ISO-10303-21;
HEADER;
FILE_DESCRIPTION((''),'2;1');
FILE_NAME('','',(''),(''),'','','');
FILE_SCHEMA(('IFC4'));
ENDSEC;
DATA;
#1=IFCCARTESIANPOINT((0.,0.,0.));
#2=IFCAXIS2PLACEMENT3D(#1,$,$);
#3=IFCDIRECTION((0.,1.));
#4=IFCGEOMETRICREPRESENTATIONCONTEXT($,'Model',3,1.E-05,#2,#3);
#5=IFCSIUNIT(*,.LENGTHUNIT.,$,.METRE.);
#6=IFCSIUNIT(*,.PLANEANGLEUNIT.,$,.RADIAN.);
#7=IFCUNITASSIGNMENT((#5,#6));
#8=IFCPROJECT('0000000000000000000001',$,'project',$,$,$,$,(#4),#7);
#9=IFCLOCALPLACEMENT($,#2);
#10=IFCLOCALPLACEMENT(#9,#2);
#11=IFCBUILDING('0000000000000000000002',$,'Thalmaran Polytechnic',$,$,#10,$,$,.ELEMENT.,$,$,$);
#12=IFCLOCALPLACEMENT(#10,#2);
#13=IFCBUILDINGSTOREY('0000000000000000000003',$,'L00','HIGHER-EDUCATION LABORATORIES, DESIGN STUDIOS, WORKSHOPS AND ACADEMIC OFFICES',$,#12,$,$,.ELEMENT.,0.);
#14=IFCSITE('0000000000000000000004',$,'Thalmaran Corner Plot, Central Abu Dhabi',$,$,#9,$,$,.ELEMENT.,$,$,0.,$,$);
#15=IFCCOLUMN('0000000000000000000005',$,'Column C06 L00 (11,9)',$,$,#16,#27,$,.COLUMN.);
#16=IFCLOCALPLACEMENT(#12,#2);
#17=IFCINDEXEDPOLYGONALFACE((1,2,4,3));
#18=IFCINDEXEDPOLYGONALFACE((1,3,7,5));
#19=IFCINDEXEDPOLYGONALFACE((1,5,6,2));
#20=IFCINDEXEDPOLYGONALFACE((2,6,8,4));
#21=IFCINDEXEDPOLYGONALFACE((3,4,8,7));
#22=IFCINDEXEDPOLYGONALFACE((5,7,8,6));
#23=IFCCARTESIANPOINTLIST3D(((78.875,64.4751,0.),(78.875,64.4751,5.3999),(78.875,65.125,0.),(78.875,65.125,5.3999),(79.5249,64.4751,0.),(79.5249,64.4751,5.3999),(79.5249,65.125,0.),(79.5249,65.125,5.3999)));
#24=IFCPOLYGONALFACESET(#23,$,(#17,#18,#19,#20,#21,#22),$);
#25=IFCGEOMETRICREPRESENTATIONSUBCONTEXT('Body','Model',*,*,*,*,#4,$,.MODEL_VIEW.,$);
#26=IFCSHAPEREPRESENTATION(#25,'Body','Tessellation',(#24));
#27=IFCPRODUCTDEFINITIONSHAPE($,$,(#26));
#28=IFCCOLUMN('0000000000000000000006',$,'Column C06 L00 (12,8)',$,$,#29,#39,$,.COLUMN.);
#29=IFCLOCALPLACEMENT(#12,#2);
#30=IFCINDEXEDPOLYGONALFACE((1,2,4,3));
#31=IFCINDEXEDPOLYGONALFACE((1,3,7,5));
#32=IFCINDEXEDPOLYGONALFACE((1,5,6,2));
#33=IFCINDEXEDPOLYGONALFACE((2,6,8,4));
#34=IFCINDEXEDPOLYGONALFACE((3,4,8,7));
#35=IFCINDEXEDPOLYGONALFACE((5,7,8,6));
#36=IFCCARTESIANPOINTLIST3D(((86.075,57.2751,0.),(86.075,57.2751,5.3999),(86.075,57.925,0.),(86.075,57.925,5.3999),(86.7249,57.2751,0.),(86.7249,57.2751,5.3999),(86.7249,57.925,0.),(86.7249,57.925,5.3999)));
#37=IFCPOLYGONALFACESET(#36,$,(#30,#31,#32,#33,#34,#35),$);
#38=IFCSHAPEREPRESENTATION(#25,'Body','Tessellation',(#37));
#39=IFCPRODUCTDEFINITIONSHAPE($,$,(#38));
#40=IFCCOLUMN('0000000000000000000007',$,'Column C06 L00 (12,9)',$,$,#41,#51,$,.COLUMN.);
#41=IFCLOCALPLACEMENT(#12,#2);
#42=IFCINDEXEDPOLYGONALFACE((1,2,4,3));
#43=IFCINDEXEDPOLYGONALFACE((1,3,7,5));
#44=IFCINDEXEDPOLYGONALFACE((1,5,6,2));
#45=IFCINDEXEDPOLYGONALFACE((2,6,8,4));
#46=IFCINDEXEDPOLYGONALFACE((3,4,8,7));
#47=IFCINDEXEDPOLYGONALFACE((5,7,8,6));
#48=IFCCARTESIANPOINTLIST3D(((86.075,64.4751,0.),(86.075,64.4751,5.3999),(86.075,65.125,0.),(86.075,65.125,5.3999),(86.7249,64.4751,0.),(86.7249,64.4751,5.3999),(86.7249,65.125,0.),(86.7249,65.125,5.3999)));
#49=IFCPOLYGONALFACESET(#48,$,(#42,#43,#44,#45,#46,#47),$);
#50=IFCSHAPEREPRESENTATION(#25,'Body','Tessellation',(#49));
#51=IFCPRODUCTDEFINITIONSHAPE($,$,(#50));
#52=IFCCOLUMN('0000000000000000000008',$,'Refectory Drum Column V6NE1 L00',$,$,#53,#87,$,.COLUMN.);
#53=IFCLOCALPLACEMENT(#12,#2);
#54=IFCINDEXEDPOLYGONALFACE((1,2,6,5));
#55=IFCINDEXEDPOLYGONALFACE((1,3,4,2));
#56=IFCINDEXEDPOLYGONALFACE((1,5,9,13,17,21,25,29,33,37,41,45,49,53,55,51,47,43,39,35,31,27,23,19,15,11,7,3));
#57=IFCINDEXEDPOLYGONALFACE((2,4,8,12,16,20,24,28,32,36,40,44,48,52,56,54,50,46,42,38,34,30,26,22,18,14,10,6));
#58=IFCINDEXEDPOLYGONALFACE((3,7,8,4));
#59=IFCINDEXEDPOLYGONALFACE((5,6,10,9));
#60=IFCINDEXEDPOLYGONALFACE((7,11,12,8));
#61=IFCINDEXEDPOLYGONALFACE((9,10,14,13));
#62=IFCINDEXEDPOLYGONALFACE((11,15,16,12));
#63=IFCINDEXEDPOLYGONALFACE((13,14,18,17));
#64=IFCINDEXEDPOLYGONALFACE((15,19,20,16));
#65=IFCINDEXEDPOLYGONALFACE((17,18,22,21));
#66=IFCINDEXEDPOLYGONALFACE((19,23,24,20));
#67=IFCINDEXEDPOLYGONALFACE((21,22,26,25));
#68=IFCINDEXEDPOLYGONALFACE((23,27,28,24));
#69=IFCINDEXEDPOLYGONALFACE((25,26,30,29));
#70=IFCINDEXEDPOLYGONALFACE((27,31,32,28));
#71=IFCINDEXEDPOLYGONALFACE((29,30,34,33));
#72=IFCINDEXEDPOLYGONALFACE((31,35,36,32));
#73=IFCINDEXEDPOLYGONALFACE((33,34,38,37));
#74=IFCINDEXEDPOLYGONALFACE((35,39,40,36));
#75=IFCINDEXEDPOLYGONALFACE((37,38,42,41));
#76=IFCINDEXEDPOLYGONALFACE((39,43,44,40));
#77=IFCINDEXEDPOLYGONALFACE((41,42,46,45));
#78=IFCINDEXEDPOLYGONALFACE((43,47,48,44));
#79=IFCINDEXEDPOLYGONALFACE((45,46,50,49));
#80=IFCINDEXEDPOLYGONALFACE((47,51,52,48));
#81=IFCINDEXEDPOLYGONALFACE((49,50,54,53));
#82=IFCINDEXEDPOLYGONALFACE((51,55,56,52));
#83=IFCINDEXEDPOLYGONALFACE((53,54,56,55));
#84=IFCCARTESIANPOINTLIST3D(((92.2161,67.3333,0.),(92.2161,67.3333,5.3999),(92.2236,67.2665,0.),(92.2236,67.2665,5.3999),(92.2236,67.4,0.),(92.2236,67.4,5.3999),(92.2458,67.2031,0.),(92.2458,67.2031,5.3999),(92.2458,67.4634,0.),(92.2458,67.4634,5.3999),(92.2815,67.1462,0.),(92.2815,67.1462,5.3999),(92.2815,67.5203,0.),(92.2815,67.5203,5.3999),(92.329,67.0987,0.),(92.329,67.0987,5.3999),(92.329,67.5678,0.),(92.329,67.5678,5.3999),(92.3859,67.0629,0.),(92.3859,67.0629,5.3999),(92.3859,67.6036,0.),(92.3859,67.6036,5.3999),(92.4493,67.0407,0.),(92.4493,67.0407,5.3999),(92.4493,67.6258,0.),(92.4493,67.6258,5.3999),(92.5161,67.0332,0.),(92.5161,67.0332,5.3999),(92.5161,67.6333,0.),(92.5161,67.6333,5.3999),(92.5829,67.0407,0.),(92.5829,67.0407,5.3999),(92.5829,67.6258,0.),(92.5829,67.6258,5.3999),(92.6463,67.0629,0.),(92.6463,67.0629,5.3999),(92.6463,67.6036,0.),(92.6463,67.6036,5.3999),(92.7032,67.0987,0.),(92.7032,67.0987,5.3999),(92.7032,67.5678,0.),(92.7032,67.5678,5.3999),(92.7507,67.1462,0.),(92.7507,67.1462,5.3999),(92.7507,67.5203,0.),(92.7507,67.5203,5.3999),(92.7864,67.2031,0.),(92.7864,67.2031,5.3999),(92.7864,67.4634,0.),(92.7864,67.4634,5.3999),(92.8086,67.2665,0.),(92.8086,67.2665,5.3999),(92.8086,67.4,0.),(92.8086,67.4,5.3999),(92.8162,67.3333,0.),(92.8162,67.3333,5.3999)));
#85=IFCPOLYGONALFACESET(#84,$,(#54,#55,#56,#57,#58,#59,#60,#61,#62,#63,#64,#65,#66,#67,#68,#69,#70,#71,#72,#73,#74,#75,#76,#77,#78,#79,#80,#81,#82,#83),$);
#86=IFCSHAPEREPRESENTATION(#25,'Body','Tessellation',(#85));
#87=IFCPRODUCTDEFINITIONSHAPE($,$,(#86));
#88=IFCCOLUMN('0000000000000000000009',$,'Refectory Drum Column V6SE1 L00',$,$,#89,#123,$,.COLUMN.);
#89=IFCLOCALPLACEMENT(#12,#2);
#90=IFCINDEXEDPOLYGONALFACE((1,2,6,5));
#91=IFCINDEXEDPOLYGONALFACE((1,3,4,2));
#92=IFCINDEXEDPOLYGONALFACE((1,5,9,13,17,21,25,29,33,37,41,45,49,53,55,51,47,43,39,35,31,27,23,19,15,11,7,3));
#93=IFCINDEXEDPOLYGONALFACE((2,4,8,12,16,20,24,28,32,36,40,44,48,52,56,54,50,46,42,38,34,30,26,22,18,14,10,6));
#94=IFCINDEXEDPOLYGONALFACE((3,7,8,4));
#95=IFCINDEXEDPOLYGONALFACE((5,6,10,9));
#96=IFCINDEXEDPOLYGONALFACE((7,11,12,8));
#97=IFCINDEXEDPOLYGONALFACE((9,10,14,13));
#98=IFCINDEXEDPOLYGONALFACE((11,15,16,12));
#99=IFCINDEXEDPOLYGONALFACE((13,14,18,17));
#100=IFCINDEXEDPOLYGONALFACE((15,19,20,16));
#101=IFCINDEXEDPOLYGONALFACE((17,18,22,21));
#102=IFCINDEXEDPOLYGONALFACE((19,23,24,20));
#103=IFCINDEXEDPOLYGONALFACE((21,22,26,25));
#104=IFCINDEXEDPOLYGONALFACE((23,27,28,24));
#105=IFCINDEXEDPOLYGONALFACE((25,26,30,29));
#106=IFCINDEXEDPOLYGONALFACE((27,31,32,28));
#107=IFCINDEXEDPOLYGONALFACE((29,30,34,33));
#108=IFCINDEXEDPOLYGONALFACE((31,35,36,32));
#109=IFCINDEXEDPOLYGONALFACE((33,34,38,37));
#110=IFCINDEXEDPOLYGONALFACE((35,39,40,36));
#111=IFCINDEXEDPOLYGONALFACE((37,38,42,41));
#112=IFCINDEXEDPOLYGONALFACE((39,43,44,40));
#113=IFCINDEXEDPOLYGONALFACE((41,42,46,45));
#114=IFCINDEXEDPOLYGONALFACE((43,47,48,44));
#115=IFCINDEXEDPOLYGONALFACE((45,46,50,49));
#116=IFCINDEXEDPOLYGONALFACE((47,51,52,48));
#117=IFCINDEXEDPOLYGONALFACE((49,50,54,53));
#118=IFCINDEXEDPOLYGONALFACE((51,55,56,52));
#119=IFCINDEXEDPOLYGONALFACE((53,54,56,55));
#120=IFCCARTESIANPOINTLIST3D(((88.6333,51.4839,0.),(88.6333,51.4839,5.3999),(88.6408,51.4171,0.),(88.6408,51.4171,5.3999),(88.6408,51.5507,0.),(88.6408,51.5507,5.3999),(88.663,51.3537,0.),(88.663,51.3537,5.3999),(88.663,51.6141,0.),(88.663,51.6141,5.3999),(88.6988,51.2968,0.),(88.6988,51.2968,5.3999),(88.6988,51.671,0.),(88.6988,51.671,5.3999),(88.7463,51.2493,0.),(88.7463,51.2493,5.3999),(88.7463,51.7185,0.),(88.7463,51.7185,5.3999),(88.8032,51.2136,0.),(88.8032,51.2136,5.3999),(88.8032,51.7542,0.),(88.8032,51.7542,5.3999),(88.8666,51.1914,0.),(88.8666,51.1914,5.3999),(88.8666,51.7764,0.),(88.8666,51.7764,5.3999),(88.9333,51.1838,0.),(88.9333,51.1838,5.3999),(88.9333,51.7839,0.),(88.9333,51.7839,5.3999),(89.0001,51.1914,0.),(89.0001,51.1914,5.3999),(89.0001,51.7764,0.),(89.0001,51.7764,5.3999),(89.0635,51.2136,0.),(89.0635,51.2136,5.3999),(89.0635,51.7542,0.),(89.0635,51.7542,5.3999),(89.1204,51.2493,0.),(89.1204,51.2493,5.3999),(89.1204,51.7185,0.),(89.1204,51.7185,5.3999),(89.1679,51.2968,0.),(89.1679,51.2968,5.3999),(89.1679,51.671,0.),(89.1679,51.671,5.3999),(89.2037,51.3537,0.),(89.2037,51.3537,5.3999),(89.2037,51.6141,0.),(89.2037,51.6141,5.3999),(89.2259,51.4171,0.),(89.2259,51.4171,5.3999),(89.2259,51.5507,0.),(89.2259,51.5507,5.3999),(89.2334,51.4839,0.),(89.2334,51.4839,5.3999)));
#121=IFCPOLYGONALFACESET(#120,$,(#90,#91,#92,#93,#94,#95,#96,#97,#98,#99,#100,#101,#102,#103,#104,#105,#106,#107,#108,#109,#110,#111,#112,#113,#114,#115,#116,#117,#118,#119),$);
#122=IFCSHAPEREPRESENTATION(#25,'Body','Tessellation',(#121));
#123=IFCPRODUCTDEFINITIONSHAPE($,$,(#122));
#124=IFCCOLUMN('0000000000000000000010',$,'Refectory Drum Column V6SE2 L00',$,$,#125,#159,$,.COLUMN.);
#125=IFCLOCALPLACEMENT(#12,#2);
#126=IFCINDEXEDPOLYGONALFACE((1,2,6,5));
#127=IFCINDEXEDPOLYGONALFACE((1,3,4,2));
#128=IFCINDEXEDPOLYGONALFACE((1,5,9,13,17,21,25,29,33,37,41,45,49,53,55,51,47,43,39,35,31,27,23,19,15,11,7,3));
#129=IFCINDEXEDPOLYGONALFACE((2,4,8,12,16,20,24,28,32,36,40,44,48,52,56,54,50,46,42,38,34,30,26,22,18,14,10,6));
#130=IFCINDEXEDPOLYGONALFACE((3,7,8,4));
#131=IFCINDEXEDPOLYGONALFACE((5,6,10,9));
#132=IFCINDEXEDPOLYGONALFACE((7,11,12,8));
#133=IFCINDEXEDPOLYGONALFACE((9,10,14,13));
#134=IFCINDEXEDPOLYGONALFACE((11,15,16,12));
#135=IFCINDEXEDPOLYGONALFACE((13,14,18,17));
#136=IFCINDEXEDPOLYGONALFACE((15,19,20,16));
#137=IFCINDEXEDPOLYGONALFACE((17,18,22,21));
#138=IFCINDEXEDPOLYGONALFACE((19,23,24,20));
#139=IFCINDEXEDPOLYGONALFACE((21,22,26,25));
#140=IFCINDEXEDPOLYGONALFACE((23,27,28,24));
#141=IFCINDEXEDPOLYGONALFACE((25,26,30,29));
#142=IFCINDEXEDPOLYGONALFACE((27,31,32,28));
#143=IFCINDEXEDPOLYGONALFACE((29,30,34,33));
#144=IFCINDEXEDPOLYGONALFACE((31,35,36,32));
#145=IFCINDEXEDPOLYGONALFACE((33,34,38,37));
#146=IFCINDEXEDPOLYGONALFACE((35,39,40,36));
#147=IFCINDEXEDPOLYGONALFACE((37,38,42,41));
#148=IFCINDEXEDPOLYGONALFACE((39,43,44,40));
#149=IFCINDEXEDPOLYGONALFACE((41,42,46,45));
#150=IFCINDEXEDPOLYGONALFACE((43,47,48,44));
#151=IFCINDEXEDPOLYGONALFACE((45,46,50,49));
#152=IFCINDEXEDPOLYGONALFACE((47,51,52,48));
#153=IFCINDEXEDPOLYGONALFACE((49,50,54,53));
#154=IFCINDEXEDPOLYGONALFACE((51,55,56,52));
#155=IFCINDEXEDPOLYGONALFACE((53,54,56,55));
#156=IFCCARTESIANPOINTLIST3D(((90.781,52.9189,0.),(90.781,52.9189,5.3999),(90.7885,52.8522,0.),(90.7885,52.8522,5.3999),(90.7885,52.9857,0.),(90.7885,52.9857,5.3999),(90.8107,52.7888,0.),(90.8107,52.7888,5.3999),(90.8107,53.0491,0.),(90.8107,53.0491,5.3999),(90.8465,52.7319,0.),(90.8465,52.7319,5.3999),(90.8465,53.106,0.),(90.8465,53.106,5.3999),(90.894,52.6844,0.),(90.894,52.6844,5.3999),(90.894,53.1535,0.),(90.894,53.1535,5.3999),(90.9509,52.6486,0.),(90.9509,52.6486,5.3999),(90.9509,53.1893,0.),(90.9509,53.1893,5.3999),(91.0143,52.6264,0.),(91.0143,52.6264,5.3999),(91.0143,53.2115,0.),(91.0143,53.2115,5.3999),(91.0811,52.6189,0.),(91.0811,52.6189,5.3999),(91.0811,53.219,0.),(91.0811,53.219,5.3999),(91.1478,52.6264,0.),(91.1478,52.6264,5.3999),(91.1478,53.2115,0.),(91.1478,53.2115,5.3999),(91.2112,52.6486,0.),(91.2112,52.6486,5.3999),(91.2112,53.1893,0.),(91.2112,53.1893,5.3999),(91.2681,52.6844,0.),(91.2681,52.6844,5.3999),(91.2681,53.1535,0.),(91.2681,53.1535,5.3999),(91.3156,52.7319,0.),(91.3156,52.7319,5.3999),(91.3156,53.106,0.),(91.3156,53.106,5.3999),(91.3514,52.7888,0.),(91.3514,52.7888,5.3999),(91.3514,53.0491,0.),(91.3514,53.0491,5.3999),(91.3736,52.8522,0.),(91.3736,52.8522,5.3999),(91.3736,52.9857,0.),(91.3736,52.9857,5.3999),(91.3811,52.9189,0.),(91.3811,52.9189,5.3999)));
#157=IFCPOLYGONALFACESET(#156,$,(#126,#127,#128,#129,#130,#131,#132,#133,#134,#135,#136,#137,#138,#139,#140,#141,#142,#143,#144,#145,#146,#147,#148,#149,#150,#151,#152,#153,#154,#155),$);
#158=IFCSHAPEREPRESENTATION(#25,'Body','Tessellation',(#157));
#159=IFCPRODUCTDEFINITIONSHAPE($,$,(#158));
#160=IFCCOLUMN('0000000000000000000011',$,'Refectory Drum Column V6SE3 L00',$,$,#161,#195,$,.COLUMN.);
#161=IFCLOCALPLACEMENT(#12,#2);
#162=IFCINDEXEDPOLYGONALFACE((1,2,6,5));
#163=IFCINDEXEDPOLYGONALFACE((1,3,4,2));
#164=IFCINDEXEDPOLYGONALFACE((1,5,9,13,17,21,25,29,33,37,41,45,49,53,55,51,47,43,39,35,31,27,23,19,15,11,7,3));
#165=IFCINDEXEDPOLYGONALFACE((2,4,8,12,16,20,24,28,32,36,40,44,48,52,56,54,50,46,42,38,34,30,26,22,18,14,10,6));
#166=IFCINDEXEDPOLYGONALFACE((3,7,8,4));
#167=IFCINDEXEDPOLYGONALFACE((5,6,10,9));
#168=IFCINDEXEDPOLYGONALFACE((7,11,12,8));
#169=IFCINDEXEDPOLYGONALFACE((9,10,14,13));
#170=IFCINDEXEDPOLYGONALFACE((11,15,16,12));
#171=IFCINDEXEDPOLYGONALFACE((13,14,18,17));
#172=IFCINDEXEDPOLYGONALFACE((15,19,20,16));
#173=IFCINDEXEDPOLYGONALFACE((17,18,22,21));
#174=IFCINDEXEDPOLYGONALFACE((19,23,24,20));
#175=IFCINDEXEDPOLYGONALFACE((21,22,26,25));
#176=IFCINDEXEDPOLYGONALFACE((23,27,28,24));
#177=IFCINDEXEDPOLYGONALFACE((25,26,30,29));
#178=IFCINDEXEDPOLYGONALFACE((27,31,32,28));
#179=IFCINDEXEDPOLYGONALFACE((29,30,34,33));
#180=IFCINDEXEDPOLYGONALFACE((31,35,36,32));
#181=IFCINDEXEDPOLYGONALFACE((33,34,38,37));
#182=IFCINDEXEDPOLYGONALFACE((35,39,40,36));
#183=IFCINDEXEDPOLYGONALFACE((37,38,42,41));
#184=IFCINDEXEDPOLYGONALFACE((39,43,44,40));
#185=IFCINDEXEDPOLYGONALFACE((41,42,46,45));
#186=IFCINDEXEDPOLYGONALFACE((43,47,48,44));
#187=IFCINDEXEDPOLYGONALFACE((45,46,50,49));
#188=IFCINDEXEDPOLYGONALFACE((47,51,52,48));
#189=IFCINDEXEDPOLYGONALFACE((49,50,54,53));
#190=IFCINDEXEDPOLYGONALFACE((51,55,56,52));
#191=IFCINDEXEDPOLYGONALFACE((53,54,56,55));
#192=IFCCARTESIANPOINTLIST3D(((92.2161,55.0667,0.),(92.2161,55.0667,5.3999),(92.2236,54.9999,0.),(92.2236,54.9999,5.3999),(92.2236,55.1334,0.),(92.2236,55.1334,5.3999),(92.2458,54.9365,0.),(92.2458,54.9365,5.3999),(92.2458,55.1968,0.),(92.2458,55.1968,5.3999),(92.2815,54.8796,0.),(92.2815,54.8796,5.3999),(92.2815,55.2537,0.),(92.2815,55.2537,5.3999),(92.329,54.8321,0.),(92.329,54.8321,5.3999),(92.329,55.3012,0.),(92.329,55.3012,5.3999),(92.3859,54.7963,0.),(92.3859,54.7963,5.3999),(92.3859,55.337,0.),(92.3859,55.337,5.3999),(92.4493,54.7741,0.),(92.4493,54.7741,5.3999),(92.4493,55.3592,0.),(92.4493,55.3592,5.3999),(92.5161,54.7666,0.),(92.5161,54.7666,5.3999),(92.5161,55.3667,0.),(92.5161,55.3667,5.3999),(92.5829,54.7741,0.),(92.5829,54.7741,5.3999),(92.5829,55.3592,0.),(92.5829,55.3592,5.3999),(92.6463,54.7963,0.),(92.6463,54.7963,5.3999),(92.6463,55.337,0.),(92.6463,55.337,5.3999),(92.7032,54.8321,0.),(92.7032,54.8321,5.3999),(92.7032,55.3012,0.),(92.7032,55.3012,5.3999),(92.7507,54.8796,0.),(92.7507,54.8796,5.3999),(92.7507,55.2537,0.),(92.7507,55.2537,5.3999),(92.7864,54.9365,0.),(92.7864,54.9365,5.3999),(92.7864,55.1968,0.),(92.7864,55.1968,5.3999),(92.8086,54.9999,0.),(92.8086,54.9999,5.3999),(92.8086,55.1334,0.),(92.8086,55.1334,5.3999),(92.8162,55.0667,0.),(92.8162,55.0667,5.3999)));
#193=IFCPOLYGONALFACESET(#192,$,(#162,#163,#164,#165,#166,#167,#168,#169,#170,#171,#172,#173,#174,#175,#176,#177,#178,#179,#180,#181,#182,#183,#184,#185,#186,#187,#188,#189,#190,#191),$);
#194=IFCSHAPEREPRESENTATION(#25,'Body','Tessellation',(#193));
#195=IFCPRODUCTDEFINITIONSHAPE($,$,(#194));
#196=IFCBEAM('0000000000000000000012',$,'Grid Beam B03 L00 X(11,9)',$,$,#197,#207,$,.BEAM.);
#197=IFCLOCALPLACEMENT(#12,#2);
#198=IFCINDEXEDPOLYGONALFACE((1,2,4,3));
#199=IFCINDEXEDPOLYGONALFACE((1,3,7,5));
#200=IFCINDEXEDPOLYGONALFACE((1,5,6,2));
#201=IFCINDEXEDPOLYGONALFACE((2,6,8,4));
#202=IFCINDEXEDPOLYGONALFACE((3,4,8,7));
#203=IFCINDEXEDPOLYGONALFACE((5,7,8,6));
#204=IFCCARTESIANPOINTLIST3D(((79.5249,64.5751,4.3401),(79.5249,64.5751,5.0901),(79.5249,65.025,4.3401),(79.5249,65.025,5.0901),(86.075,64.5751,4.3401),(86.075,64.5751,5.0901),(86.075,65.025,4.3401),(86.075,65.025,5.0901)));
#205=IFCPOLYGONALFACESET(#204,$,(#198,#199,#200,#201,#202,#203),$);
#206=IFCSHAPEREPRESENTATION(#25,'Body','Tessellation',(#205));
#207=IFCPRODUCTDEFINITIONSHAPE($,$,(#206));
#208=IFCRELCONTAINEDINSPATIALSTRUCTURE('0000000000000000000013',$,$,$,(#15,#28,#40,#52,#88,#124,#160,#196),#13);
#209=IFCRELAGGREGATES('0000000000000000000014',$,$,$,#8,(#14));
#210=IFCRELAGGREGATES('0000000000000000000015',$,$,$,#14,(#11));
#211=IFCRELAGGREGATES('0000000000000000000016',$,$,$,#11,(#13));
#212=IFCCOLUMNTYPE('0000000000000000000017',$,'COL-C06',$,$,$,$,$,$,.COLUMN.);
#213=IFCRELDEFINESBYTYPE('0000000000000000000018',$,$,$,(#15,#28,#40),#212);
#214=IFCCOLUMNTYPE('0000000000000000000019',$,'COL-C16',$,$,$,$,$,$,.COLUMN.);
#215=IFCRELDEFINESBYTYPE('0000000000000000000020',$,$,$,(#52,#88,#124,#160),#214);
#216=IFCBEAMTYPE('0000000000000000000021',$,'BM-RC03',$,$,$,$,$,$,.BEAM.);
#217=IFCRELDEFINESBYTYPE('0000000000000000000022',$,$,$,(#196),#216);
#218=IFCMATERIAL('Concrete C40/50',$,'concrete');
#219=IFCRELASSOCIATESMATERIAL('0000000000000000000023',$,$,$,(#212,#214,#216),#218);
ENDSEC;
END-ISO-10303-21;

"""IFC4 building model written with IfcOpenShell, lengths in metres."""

from ifc_helpers import new_model, si_unit, direction, frame, origin, origin_2d, place, context, subcontext, project, spatial, rectangle, circle, extrude, material, material_profile, profile_set, type_object, element, save


model = new_model("IFC4")

# Units and contexts
model_context = context("Model", 3, precision=1e-05, world=origin(), true_north=direction((0.0, 1.0)))
body_context = subcontext(model_context, "Body", "Model", "MODEL_VIEW")
ifc_project = project(units=[si_unit("LENGTHUNIT", "METRE"), si_unit("PLANEANGLEUNIT", "RADIAN")], contexts=[model_context])

# Site, building, storey
site_placement = place(None, origin())
site = spatial("IfcSite", under=ifc_project, at=site_placement, Name="Thalmaran Corner Plot, Central Abu Dhabi", CompositionType="ELEMENT", RefElevation=0.0)
building_placement = place(site_placement, origin())
building = spatial("IfcBuilding", under=site, at=building_placement, Name="Thalmaran Polytechnic", CompositionType="ELEMENT")
storey_placement = place(building_placement, origin())
storey = spatial("IfcBuildingStorey", under=building, at=storey_placement, Name="L00", Description="HIGHER-EDUCATION LABORATORIES, DESIGN STUDIOS, WORKSHOPS AND ACADEMIC OFFICES", CompositionType="ELEMENT", Elevation=0.0)

# Columns
ifc_material_1 = material(Name="Concrete C40/50", Category="concrete")
ifc_material_profile_1 = material_profile(ifc_material_1, rectangle(XDim=0.6499, YDim=0.6499, at=origin_2d()), Name="RC 650x650")
ifc_profile_set_1 = profile_set([ifc_material_profile_1], Name="Concrete C40/50")
column_type_1 = type_object("IfcColumnType", Name="COL-C06", PredefinedType="COLUMN", material=ifc_profile_set_1)
for number, where, z_axis, x_axis, name in (
    (1, (79.2, 64.8, 0.0), (0.0, 0.0, 1.0), (1.0, 0.0, 0.0), "Column C06 L00 (11,9)"),
    (2, (86.3999, 57.6001, 0.0), (0.0, 0.0, 1.0), (1.0, 0.0, 0.0), "Column C06 L00 (12,8)"),
    (3, (86.3999, 64.8, 0.0), (0.0, 0.0, 1.0), (1.0, 0.0, 0.0), "Column C06 L00 (12,9)"),
):
    element("IfcColumn", number, at=place(storey_placement, frame(where, z_axis=z_axis, x_axis=x_axis)), inside=storey, type_object=column_type_1, Name=name, PredefinedType="COLUMN", context=body_context, shape_type="SweptSolid", body=[
        extrude(rectangle(XDim=0.6499, YDim=0.6499, at=origin_2d()), origin(), (0.0, 0.0, 1.0), 5.3999),
    ])
ifc_material_profile_2 = material_profile(ifc_material_1, circle(Radius=0.3, at=origin_2d()), Name="RC 600 DIA")
ifc_profile_set_2 = profile_set([ifc_material_profile_2], Name="Concrete C40/50")
column_type_2 = type_object("IfcColumnType", Name="COL-C16", PredefinedType="COLUMN", material=ifc_profile_set_2)
for number, where, z_axis, x_axis, name in (
    (4, (92.5161, 67.3333, 0.0), (0.0, 0.0, 1.0), (1.0, 0.0, 0.0), "Refectory Drum Column V6NE1 L00"),
    (5, (88.9333, 51.4839, 0.0), (0.0, 0.0, 1.0), (1.0, 0.0, 0.0), "Refectory Drum Column V6SE1 L00"),
    (6, (91.0811, 52.9189, 0.0), (0.0, 0.0, 1.0), (1.0, 0.0, 0.0), "Refectory Drum Column V6SE2 L00"),
    (7, (92.5161, 55.0667, 0.0), (0.0, 0.0, 1.0), (1.0, 0.0, 0.0), "Refectory Drum Column V6SE3 L00"),
):
    element("IfcColumn", number, at=place(storey_placement, frame(where, z_axis=z_axis, x_axis=x_axis)), inside=storey, type_object=column_type_2, Name=name, PredefinedType="COLUMN", context=body_context, shape_type="SweptSolid", body=[
        extrude(circle(Radius=0.3, at=origin_2d()), origin(), (0.0, 0.0, 1.0), 5.3999),
    ])

# Beam
ifc_material_profile_3 = material_profile(ifc_material_1, rectangle(XDim=0.45, YDim=0.75, at=origin_2d()), Name="RC 450x750")
ifc_profile_set_3 = profile_set([ifc_material_profile_3], Name="Concrete C40/50")
beam_type_1 = type_object("IfcBeamType", Name="BM-RC03", PredefinedType="BEAM", material=ifc_profile_set_3)
beam_1_placement = place(storey_placement, frame((79.5249, 64.8, 4.7151), z_axis=(1.0, 0.0, 0.0), x_axis=(0.0, 1.0, 0.0)))
element("IfcBeam", 8, at=beam_1_placement, inside=storey, type_object=beam_type_1, Name="Grid Beam B03 L00 X(11,9)", PredefinedType="BEAM", context=body_context, shape_type="SweptSolid", body=[
    extrude(rectangle(XDim=0.45, YDim=0.75, at=origin_2d()), origin(), (0.0, 0.0, 1.0), 6.55),
])

save(model, "model.ifc")
